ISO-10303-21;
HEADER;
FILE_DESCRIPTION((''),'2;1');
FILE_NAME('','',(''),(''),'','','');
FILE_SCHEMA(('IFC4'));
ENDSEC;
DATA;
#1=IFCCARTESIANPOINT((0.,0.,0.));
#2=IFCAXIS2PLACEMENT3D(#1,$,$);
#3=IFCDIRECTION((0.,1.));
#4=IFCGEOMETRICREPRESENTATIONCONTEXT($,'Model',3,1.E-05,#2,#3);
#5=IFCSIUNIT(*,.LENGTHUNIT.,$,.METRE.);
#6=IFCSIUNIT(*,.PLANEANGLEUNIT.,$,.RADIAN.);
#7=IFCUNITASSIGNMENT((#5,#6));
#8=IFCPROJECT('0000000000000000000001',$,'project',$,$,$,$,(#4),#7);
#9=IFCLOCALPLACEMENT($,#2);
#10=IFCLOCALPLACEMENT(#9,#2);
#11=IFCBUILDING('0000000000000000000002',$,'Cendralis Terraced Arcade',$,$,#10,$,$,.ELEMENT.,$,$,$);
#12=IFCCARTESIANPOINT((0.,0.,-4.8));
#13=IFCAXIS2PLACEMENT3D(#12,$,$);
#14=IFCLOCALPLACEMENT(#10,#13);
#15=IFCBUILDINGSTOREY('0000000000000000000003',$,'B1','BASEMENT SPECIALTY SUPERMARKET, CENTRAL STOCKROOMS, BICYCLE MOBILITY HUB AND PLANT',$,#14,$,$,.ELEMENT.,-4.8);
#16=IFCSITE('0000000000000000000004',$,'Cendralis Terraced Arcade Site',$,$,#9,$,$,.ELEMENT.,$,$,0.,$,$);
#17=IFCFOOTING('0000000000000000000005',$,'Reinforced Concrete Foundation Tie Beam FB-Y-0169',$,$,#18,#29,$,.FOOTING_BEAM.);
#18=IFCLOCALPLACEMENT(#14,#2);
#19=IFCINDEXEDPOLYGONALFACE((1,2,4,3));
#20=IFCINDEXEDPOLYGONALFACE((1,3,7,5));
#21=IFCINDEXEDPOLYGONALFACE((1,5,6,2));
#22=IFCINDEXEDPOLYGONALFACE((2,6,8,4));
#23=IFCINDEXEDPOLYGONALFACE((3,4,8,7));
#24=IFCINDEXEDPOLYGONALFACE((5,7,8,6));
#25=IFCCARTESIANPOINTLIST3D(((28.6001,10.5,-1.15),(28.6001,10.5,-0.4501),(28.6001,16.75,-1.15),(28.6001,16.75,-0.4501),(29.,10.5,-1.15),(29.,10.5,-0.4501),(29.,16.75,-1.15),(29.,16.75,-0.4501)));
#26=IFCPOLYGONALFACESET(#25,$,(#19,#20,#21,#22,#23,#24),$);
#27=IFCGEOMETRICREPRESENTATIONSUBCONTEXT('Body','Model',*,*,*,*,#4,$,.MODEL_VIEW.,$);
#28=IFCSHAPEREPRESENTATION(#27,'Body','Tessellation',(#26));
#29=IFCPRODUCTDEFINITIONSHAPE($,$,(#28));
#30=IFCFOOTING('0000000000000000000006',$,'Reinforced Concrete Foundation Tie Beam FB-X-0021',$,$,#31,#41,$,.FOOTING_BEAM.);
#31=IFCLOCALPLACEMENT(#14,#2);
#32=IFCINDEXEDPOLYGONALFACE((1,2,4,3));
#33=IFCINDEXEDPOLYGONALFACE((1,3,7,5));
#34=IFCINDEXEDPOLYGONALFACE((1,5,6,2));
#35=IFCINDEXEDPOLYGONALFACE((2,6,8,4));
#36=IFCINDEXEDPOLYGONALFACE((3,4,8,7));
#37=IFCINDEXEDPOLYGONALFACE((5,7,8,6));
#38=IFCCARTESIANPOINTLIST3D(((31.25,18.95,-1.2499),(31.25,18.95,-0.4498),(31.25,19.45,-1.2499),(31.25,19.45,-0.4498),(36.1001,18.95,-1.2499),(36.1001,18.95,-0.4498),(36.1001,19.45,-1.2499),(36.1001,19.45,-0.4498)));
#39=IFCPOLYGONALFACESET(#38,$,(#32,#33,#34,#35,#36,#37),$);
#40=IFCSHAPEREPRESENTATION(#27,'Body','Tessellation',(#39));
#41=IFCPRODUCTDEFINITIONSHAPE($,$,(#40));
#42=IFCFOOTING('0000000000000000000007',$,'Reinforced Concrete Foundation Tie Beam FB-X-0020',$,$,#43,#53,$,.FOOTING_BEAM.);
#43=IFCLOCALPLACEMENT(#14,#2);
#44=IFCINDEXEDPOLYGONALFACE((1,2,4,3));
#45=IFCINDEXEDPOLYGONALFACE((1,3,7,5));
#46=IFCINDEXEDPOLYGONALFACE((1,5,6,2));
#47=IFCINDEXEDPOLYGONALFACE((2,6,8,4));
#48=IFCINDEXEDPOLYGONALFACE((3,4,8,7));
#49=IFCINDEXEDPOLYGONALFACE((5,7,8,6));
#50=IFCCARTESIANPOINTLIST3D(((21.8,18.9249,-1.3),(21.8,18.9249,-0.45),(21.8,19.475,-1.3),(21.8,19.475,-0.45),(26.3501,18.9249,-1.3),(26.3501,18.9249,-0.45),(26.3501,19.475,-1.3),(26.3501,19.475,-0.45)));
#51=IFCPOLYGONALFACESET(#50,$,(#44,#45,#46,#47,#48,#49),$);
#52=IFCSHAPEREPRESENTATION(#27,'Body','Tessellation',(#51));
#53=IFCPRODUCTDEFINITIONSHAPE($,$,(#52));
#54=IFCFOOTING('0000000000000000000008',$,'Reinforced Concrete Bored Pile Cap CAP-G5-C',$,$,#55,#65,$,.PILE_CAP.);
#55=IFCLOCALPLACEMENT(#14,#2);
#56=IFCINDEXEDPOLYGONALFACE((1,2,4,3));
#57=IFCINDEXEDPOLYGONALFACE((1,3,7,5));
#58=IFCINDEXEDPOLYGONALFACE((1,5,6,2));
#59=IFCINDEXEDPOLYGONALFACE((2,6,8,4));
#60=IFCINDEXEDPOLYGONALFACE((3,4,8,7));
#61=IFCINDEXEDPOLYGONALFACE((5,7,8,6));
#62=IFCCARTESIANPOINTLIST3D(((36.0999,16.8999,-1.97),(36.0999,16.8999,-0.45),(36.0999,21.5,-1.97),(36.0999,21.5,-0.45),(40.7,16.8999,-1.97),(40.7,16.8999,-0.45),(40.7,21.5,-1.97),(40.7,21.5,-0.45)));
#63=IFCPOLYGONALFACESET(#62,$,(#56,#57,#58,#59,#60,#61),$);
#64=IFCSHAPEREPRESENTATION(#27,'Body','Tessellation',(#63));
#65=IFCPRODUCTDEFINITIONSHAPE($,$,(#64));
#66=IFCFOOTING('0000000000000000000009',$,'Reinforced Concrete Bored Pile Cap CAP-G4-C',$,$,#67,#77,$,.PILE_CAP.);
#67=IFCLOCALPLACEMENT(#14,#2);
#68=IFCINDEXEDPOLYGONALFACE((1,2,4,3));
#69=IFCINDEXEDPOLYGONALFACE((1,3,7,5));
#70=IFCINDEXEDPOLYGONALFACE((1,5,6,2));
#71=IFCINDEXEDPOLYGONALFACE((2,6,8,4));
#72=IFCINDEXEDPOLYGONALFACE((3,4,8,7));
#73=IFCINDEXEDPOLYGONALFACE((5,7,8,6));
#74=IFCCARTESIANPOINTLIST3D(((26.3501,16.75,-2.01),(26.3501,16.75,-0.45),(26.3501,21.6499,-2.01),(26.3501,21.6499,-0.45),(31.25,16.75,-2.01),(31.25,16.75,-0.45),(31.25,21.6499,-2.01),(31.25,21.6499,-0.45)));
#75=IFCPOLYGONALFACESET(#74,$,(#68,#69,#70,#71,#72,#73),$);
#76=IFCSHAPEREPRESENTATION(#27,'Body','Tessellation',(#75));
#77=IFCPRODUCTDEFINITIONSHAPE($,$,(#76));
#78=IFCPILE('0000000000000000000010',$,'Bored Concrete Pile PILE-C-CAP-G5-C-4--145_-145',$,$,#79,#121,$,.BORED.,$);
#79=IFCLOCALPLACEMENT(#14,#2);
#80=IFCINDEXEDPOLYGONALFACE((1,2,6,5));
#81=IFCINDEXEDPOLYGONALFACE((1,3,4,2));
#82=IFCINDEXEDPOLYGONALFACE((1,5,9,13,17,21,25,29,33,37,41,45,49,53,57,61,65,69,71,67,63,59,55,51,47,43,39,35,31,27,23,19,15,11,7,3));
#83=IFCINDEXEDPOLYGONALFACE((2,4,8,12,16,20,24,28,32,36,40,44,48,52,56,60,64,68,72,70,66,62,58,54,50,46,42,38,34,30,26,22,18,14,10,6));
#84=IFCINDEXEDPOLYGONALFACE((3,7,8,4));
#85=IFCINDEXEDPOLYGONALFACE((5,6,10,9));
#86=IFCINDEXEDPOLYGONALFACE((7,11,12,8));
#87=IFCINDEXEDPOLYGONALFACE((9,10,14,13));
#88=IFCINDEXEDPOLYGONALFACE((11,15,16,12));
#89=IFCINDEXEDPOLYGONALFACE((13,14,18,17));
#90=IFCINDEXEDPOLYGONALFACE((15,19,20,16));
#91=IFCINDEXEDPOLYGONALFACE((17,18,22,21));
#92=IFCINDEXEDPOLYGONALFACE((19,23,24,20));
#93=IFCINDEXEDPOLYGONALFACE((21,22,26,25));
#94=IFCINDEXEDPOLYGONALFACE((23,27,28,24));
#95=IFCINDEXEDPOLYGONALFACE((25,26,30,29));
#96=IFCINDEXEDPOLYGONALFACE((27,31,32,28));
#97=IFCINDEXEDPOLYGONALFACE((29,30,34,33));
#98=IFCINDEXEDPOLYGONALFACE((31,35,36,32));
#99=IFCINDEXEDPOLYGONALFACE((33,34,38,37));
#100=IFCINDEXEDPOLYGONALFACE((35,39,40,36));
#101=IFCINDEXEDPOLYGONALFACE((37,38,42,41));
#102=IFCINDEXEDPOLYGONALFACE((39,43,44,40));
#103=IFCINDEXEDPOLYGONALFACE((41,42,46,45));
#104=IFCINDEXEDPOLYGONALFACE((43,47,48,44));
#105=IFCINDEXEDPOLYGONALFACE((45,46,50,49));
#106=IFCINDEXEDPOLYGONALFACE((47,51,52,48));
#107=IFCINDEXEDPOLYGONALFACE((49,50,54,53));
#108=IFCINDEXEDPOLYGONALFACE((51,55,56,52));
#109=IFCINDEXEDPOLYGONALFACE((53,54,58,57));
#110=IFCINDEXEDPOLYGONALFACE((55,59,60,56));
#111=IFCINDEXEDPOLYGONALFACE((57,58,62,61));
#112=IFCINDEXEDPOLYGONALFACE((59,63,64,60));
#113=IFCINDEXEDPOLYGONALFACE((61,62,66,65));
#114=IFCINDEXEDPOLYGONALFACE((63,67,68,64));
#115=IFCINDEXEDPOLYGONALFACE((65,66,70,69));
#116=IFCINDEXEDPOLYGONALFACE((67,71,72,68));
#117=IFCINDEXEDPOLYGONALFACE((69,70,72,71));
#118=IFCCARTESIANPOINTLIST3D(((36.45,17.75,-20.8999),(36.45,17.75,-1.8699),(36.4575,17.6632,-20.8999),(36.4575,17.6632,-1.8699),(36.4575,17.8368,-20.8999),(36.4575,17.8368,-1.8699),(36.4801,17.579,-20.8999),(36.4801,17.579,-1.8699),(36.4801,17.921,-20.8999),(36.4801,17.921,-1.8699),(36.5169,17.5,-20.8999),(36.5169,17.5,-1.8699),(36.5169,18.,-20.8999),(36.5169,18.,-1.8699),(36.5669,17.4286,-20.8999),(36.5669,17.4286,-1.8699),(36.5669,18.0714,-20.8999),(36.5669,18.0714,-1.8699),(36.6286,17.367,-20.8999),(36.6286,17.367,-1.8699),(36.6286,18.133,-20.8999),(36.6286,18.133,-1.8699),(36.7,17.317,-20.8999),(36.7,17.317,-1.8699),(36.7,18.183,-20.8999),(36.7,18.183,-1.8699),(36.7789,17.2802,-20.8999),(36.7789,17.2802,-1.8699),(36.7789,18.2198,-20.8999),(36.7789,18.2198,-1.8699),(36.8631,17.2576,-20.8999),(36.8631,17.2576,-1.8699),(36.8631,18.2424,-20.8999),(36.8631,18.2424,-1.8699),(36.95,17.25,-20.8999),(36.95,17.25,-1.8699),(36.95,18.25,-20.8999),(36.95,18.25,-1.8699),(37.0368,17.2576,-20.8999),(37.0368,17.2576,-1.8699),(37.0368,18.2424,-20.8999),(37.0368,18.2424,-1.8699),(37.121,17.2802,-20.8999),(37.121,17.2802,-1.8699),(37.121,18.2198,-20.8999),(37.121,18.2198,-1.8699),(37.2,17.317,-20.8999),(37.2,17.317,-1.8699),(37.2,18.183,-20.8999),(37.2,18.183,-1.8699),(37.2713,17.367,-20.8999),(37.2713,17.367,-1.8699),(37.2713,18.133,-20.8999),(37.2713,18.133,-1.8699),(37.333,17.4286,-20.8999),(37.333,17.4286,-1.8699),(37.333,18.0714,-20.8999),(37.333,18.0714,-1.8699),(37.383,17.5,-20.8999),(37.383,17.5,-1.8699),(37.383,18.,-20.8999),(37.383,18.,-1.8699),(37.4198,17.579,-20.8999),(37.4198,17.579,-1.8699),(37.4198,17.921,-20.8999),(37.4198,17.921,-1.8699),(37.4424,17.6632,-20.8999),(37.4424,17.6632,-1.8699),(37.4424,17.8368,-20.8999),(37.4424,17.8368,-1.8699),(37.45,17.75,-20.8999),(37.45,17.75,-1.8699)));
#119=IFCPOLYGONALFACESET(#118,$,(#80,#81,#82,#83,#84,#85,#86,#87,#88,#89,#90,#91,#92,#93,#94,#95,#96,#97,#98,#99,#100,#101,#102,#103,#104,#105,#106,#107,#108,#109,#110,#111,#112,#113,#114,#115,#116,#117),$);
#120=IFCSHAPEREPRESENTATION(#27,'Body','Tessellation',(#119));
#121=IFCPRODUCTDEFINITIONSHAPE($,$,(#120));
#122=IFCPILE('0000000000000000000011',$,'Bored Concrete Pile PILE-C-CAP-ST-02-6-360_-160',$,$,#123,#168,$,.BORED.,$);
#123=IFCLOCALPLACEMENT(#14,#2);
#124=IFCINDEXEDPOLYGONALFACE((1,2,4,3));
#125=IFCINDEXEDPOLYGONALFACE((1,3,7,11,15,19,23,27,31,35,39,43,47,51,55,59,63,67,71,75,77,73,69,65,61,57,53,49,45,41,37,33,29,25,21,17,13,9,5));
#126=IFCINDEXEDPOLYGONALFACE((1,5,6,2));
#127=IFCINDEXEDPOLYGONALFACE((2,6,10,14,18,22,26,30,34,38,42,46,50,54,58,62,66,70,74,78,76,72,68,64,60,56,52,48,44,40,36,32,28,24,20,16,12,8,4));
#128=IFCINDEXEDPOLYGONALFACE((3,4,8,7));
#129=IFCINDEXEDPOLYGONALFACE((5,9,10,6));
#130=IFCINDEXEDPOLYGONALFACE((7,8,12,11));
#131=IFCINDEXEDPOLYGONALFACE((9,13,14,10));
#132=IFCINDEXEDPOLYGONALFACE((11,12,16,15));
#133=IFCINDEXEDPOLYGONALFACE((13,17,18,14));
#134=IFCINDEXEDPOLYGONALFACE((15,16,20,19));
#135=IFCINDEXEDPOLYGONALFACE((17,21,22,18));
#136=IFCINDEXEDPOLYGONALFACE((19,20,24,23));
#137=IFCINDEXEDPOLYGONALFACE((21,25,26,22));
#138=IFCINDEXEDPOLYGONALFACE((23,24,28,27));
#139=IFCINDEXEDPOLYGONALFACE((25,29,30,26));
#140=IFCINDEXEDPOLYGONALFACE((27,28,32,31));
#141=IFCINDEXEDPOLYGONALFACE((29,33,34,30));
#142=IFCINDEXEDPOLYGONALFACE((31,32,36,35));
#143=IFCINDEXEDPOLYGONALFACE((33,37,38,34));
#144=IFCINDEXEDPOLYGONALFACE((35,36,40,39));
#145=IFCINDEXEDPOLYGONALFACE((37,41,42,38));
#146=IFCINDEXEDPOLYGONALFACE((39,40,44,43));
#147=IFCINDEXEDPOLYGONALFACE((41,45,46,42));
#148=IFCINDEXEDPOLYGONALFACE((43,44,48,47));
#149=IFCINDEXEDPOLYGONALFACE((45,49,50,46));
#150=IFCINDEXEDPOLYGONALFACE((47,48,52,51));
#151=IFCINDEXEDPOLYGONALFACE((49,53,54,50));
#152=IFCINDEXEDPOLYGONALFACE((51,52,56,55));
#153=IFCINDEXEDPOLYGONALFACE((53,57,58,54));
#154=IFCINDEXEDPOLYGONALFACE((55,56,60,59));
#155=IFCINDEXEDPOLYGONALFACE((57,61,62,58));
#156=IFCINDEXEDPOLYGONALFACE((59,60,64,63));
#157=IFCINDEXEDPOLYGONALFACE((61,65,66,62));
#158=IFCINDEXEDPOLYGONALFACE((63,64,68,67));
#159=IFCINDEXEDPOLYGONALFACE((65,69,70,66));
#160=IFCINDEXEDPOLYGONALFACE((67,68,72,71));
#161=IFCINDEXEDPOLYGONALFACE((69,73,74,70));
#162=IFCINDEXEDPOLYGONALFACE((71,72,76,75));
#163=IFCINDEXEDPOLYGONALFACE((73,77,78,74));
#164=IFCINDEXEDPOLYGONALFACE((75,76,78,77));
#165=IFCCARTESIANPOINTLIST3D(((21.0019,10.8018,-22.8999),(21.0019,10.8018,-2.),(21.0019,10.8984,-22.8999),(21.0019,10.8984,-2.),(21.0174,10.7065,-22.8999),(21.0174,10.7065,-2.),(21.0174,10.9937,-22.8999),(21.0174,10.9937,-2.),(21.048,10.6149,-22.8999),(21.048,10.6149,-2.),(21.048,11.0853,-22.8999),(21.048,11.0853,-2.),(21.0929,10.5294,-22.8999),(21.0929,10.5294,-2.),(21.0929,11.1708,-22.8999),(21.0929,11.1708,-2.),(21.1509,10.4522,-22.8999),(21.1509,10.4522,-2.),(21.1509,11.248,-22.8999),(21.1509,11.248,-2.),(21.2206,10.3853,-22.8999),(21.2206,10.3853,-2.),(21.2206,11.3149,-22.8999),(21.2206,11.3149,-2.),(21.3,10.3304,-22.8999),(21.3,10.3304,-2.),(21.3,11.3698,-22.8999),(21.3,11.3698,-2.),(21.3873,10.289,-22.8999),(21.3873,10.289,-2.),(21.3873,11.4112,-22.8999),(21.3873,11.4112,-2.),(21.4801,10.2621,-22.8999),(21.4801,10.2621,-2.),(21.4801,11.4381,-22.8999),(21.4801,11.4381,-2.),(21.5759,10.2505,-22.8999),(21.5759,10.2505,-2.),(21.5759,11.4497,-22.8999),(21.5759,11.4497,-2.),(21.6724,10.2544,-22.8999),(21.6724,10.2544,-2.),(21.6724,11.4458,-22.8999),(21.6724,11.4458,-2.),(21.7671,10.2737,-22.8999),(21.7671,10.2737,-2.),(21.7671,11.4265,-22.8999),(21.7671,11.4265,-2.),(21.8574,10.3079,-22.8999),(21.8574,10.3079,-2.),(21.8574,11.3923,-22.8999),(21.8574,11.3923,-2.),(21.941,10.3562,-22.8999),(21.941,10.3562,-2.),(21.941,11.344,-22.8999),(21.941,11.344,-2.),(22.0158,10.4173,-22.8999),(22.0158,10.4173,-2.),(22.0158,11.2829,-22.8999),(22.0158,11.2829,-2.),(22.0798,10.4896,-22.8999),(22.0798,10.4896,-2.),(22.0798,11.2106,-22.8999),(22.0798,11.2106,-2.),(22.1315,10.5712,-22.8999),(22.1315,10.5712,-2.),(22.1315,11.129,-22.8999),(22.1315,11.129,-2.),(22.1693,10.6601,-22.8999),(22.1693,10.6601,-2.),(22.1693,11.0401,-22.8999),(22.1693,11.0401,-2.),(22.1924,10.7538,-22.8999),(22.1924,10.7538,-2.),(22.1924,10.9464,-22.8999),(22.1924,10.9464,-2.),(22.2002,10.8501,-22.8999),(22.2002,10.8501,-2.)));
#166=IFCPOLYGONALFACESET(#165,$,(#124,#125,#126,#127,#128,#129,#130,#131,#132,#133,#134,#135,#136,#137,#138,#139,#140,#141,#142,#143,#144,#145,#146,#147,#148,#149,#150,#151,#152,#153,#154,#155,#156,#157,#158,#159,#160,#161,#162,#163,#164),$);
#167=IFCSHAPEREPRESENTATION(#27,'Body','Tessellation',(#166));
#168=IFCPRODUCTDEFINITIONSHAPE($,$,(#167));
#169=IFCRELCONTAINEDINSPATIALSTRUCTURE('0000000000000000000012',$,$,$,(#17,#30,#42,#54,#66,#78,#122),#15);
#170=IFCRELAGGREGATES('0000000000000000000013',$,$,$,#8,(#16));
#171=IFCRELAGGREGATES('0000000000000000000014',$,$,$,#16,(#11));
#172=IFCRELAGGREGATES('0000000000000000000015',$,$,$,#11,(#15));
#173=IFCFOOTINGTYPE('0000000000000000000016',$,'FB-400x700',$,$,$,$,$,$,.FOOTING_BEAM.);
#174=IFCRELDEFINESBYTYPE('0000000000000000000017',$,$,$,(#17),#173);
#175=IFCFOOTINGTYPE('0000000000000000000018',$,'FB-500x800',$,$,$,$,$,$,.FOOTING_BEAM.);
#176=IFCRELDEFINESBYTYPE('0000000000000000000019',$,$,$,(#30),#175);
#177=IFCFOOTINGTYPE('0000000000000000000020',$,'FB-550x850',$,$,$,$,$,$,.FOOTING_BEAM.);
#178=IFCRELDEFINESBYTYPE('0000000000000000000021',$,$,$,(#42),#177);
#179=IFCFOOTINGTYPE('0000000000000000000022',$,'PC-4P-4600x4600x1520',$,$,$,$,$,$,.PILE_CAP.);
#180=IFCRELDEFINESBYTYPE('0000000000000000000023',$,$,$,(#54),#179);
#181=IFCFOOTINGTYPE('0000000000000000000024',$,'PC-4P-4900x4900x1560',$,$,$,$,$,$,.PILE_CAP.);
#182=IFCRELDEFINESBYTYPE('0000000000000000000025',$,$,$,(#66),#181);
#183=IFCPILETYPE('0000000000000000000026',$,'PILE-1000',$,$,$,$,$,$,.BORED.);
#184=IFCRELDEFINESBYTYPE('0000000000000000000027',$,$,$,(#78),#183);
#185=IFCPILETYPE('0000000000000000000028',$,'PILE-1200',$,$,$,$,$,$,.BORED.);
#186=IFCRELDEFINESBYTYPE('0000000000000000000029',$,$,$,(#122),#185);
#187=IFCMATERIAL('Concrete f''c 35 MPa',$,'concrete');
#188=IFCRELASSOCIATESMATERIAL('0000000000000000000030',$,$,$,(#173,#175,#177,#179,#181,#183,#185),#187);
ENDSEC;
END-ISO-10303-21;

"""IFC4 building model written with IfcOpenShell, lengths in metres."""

from ifc_helpers import new_model, si_unit, direction, frame, origin, origin_2d, place, context, subcontext, project, spatial, rectangle, circle, extrude, material, material_profile, profile_set, type_object, element, save


model = new_model("IFC4")

# Units and contexts
model_context = context("Model", 3, precision=1e-05, world=origin(), true_north=direction((0.0, 1.0)))
body_context = subcontext(model_context, "Body", "Model", "MODEL_VIEW")
ifc_project = project(units=[si_unit("LENGTHUNIT", "METRE"), si_unit("PLANEANGLEUNIT", "RADIAN")], contexts=[model_context])

# Site, building, storey
site_placement = place(None, origin())
site = spatial("IfcSite", under=ifc_project, at=site_placement, Name="Cendralis Terraced Arcade Site", CompositionType="ELEMENT", RefElevation=0.0)
building_placement = place(site_placement, origin())
building = spatial("IfcBuilding", under=site, at=building_placement, Name="Cendralis Terraced Arcade", CompositionType="ELEMENT")
storey_placement = place(building_placement, frame((0.0, 0.0, -4.8)))
storey = spatial("IfcBuildingStorey", under=building, at=storey_placement, Name="B1", Description="BASEMENT SPECIALTY SUPERMARKET, CENTRAL STOCKROOMS, BICYCLE MOBILITY HUB AND PLANT", CompositionType="ELEMENT", Elevation=-4.8)

# Footings
ifc_material_1 = material(Name="Concrete f'c 35 MPa", Category="concrete")
ifc_material_profile_1 = material_profile(ifc_material_1, rectangle(XDim=0.3999, YDim=0.7, at=origin_2d()), Name="FB-400x700", Category="LoadBearing")
ifc_profile_set_1 = profile_set([ifc_material_profile_1], Name="Concrete f'c 35 MPa")
footing_type_1 = type_object("IfcFootingType", Name="FB-400x700", PredefinedType="FOOTING_BEAM", material=ifc_profile_set_1)
footing_1_placement = place(storey_placement, frame((28.8, 10.5, -0.8), z_axis=(0.0, 1.0, 0.0), x_axis=(-1.0, 0.0, 0.0)))
element("IfcFooting", 1, at=footing_1_placement, inside=storey, type_object=footing_type_1, Name="Reinforced Concrete Foundation Tie Beam FB-Y-0169", PredefinedType="FOOTING_BEAM", context=body_context, shape_type="SweptSolid", body=[
    extrude(rectangle(XDim=0.3999, YDim=0.7, at=origin_2d()), origin(), (0.0, 0.0, 1.0), 6.25),
])
ifc_material_profile_2 = material_profile(ifc_material_1, rectangle(XDim=0.5, YDim=0.8, at=origin_2d()), Name="FB-500x800", Category="LoadBearing")
ifc_profile_set_2 = profile_set([ifc_material_profile_2], Name="Concrete f'c 35 MPa")
footing_type_2 = type_object("IfcFootingType", Name="FB-500x800", PredefinedType="FOOTING_BEAM", material=ifc_profile_set_2)
footing_2_placement = place(storey_placement, frame((31.25, 19.2, -0.8499), z_axis=(1.0, 0.0, 0.0), x_axis=(0.0, 1.0, 0.0)))
element("IfcFooting", 2, at=footing_2_placement, inside=storey, type_object=footing_type_2, Name="Reinforced Concrete Foundation Tie Beam FB-X-0021", PredefinedType="FOOTING_BEAM", context=body_context, shape_type="SweptSolid", body=[
    extrude(rectangle(XDim=0.5, YDim=0.8, at=origin_2d()), origin(), (0.0, 0.0, 1.0), 4.8501),
])
ifc_material_profile_3 = material_profile(ifc_material_1, rectangle(XDim=0.55, YDim=0.8501, at=origin_2d()), Name="FB-550x850", Category="LoadBearing")
ifc_profile_set_3 = profile_set([ifc_material_profile_3], Name="Concrete f'c 35 MPa")
footing_type_3 = type_object("IfcFootingType", Name="FB-550x850", PredefinedType="FOOTING_BEAM", material=ifc_profile_set_3)
footing_3_placement = place(storey_placement, frame((21.8, 19.2, -0.875), z_axis=(1.0, 0.0, 0.0), x_axis=(0.0, 1.0, 0.0)))
element("IfcFooting", 3, at=footing_3_placement, inside=storey, type_object=footing_type_3, Name="Reinforced Concrete Foundation Tie Beam FB-X-0020", PredefinedType="FOOTING_BEAM", context=body_context, shape_type="SweptSolid", body=[
    extrude(rectangle(XDim=0.55, YDim=0.8501, at=origin_2d()), origin(), (0.0, 0.0, 1.0), 4.55),
])
footing_type_4 = type_object("IfcFootingType", Name="PC-4P-4600x4600x1520", PredefinedType="PILE_CAP", material=ifc_material_1)
footing_4_placement = place(storey_placement, frame((38.3999, 19.2, -1.97), z_axis=(0.0, 0.0, 1.0), x_axis=(1.0, 0.0, 0.0)))
element("IfcFooting", 4, at=footing_4_placement, inside=storey, type_object=footing_type_4, Name="Reinforced Concrete Bored Pile Cap CAP-G5-C", PredefinedType="PILE_CAP", context=body_context, shape_type="SweptSolid", body=[
    extrude(rectangle(XDim=4.6001, YDim=4.6001, at=origin_2d()), origin(), (0.0, 0.0, 1.0), 1.52),
])
footing_type_5 = type_object("IfcFootingType", Name="PC-4P-4900x4900x1560", PredefinedType="PILE_CAP", material=ifc_material_1)
footing_5_placement = place(storey_placement, frame((28.8, 19.2, -2.01), z_axis=(0.0, 0.0, 1.0), x_axis=(1.0, 0.0, 0.0)))
element("IfcFooting", 5, at=footing_5_placement, inside=storey, type_object=footing_type_5, Name="Reinforced Concrete Bored Pile Cap CAP-G4-C", PredefinedType="PILE_CAP", context=body_context, shape_type="SweptSolid", body=[
    extrude(rectangle(XDim=4.8999, YDim=4.8999, at=origin_2d()), origin(), (0.0, 0.0, 1.0), 1.5601),
])

# Piles
ifc_material_profile_4 = material_profile(ifc_material_1, circle(Radius=0.5, at=origin_2d()), Name="PILE-D1000", Category="LoadBearing")
ifc_profile_set_4 = profile_set([ifc_material_profile_4], Name="Concrete f'c 35 MPa")
pile_type_1 = type_object("IfcPileType", Name="PILE-1000", PredefinedType="BORED", material=ifc_profile_set_4)
pile_1_placement = place(storey_placement, frame((36.95, 17.75, -1.8699), z_axis=(0.0, 0.0, -1.0), x_axis=(1.0, 0.0, 0.0)))
element("IfcPile", 6, at=pile_1_placement, inside=storey, type_object=pile_type_1, Name="Bored Concrete Pile PILE-C-CAP-G5-C-4--145_-145", PredefinedType="BORED", context=body_context, shape_type="SweptSolid", body=[
    extrude(circle(Radius=0.5, at=origin_2d()), origin(), (0.0, 0.0, 1.0), 19.03),
])
ifc_material_profile_5 = material_profile(ifc_material_1, circle(Radius=0.6001, at=origin_2d()), Name="PILE-D1200", Category="LoadBearing")
ifc_profile_set_5 = profile_set([ifc_material_profile_5], Name="Concrete f'c 35 MPa")
pile_type_2 = type_object("IfcPileType", Name="PILE-1200", PredefinedType="BORED", material=ifc_profile_set_5)
for number, where, z_axis, x_axis, name in (
    (7, (21.6001, 10.8501, -2.0), (0.0, 0.0, -1.0), (1.0, 0.0, 0.0), "Bored Concrete Pile PILE-C-CAP-ST-02-6-360_-160"),
):
    element("IfcPile", number, at=place(storey_placement, frame(where, z_axis=z_axis, x_axis=x_axis)), inside=storey, type_object=pile_type_2, Name=name, PredefinedType="BORED", context=body_context, shape_type="SweptSolid", body=[
        extrude(circle(Radius=0.6001, at=origin_2d()), origin(), (0.0, 0.0, 1.0), 20.8999),
    ])

save(model, "model.ifc")
